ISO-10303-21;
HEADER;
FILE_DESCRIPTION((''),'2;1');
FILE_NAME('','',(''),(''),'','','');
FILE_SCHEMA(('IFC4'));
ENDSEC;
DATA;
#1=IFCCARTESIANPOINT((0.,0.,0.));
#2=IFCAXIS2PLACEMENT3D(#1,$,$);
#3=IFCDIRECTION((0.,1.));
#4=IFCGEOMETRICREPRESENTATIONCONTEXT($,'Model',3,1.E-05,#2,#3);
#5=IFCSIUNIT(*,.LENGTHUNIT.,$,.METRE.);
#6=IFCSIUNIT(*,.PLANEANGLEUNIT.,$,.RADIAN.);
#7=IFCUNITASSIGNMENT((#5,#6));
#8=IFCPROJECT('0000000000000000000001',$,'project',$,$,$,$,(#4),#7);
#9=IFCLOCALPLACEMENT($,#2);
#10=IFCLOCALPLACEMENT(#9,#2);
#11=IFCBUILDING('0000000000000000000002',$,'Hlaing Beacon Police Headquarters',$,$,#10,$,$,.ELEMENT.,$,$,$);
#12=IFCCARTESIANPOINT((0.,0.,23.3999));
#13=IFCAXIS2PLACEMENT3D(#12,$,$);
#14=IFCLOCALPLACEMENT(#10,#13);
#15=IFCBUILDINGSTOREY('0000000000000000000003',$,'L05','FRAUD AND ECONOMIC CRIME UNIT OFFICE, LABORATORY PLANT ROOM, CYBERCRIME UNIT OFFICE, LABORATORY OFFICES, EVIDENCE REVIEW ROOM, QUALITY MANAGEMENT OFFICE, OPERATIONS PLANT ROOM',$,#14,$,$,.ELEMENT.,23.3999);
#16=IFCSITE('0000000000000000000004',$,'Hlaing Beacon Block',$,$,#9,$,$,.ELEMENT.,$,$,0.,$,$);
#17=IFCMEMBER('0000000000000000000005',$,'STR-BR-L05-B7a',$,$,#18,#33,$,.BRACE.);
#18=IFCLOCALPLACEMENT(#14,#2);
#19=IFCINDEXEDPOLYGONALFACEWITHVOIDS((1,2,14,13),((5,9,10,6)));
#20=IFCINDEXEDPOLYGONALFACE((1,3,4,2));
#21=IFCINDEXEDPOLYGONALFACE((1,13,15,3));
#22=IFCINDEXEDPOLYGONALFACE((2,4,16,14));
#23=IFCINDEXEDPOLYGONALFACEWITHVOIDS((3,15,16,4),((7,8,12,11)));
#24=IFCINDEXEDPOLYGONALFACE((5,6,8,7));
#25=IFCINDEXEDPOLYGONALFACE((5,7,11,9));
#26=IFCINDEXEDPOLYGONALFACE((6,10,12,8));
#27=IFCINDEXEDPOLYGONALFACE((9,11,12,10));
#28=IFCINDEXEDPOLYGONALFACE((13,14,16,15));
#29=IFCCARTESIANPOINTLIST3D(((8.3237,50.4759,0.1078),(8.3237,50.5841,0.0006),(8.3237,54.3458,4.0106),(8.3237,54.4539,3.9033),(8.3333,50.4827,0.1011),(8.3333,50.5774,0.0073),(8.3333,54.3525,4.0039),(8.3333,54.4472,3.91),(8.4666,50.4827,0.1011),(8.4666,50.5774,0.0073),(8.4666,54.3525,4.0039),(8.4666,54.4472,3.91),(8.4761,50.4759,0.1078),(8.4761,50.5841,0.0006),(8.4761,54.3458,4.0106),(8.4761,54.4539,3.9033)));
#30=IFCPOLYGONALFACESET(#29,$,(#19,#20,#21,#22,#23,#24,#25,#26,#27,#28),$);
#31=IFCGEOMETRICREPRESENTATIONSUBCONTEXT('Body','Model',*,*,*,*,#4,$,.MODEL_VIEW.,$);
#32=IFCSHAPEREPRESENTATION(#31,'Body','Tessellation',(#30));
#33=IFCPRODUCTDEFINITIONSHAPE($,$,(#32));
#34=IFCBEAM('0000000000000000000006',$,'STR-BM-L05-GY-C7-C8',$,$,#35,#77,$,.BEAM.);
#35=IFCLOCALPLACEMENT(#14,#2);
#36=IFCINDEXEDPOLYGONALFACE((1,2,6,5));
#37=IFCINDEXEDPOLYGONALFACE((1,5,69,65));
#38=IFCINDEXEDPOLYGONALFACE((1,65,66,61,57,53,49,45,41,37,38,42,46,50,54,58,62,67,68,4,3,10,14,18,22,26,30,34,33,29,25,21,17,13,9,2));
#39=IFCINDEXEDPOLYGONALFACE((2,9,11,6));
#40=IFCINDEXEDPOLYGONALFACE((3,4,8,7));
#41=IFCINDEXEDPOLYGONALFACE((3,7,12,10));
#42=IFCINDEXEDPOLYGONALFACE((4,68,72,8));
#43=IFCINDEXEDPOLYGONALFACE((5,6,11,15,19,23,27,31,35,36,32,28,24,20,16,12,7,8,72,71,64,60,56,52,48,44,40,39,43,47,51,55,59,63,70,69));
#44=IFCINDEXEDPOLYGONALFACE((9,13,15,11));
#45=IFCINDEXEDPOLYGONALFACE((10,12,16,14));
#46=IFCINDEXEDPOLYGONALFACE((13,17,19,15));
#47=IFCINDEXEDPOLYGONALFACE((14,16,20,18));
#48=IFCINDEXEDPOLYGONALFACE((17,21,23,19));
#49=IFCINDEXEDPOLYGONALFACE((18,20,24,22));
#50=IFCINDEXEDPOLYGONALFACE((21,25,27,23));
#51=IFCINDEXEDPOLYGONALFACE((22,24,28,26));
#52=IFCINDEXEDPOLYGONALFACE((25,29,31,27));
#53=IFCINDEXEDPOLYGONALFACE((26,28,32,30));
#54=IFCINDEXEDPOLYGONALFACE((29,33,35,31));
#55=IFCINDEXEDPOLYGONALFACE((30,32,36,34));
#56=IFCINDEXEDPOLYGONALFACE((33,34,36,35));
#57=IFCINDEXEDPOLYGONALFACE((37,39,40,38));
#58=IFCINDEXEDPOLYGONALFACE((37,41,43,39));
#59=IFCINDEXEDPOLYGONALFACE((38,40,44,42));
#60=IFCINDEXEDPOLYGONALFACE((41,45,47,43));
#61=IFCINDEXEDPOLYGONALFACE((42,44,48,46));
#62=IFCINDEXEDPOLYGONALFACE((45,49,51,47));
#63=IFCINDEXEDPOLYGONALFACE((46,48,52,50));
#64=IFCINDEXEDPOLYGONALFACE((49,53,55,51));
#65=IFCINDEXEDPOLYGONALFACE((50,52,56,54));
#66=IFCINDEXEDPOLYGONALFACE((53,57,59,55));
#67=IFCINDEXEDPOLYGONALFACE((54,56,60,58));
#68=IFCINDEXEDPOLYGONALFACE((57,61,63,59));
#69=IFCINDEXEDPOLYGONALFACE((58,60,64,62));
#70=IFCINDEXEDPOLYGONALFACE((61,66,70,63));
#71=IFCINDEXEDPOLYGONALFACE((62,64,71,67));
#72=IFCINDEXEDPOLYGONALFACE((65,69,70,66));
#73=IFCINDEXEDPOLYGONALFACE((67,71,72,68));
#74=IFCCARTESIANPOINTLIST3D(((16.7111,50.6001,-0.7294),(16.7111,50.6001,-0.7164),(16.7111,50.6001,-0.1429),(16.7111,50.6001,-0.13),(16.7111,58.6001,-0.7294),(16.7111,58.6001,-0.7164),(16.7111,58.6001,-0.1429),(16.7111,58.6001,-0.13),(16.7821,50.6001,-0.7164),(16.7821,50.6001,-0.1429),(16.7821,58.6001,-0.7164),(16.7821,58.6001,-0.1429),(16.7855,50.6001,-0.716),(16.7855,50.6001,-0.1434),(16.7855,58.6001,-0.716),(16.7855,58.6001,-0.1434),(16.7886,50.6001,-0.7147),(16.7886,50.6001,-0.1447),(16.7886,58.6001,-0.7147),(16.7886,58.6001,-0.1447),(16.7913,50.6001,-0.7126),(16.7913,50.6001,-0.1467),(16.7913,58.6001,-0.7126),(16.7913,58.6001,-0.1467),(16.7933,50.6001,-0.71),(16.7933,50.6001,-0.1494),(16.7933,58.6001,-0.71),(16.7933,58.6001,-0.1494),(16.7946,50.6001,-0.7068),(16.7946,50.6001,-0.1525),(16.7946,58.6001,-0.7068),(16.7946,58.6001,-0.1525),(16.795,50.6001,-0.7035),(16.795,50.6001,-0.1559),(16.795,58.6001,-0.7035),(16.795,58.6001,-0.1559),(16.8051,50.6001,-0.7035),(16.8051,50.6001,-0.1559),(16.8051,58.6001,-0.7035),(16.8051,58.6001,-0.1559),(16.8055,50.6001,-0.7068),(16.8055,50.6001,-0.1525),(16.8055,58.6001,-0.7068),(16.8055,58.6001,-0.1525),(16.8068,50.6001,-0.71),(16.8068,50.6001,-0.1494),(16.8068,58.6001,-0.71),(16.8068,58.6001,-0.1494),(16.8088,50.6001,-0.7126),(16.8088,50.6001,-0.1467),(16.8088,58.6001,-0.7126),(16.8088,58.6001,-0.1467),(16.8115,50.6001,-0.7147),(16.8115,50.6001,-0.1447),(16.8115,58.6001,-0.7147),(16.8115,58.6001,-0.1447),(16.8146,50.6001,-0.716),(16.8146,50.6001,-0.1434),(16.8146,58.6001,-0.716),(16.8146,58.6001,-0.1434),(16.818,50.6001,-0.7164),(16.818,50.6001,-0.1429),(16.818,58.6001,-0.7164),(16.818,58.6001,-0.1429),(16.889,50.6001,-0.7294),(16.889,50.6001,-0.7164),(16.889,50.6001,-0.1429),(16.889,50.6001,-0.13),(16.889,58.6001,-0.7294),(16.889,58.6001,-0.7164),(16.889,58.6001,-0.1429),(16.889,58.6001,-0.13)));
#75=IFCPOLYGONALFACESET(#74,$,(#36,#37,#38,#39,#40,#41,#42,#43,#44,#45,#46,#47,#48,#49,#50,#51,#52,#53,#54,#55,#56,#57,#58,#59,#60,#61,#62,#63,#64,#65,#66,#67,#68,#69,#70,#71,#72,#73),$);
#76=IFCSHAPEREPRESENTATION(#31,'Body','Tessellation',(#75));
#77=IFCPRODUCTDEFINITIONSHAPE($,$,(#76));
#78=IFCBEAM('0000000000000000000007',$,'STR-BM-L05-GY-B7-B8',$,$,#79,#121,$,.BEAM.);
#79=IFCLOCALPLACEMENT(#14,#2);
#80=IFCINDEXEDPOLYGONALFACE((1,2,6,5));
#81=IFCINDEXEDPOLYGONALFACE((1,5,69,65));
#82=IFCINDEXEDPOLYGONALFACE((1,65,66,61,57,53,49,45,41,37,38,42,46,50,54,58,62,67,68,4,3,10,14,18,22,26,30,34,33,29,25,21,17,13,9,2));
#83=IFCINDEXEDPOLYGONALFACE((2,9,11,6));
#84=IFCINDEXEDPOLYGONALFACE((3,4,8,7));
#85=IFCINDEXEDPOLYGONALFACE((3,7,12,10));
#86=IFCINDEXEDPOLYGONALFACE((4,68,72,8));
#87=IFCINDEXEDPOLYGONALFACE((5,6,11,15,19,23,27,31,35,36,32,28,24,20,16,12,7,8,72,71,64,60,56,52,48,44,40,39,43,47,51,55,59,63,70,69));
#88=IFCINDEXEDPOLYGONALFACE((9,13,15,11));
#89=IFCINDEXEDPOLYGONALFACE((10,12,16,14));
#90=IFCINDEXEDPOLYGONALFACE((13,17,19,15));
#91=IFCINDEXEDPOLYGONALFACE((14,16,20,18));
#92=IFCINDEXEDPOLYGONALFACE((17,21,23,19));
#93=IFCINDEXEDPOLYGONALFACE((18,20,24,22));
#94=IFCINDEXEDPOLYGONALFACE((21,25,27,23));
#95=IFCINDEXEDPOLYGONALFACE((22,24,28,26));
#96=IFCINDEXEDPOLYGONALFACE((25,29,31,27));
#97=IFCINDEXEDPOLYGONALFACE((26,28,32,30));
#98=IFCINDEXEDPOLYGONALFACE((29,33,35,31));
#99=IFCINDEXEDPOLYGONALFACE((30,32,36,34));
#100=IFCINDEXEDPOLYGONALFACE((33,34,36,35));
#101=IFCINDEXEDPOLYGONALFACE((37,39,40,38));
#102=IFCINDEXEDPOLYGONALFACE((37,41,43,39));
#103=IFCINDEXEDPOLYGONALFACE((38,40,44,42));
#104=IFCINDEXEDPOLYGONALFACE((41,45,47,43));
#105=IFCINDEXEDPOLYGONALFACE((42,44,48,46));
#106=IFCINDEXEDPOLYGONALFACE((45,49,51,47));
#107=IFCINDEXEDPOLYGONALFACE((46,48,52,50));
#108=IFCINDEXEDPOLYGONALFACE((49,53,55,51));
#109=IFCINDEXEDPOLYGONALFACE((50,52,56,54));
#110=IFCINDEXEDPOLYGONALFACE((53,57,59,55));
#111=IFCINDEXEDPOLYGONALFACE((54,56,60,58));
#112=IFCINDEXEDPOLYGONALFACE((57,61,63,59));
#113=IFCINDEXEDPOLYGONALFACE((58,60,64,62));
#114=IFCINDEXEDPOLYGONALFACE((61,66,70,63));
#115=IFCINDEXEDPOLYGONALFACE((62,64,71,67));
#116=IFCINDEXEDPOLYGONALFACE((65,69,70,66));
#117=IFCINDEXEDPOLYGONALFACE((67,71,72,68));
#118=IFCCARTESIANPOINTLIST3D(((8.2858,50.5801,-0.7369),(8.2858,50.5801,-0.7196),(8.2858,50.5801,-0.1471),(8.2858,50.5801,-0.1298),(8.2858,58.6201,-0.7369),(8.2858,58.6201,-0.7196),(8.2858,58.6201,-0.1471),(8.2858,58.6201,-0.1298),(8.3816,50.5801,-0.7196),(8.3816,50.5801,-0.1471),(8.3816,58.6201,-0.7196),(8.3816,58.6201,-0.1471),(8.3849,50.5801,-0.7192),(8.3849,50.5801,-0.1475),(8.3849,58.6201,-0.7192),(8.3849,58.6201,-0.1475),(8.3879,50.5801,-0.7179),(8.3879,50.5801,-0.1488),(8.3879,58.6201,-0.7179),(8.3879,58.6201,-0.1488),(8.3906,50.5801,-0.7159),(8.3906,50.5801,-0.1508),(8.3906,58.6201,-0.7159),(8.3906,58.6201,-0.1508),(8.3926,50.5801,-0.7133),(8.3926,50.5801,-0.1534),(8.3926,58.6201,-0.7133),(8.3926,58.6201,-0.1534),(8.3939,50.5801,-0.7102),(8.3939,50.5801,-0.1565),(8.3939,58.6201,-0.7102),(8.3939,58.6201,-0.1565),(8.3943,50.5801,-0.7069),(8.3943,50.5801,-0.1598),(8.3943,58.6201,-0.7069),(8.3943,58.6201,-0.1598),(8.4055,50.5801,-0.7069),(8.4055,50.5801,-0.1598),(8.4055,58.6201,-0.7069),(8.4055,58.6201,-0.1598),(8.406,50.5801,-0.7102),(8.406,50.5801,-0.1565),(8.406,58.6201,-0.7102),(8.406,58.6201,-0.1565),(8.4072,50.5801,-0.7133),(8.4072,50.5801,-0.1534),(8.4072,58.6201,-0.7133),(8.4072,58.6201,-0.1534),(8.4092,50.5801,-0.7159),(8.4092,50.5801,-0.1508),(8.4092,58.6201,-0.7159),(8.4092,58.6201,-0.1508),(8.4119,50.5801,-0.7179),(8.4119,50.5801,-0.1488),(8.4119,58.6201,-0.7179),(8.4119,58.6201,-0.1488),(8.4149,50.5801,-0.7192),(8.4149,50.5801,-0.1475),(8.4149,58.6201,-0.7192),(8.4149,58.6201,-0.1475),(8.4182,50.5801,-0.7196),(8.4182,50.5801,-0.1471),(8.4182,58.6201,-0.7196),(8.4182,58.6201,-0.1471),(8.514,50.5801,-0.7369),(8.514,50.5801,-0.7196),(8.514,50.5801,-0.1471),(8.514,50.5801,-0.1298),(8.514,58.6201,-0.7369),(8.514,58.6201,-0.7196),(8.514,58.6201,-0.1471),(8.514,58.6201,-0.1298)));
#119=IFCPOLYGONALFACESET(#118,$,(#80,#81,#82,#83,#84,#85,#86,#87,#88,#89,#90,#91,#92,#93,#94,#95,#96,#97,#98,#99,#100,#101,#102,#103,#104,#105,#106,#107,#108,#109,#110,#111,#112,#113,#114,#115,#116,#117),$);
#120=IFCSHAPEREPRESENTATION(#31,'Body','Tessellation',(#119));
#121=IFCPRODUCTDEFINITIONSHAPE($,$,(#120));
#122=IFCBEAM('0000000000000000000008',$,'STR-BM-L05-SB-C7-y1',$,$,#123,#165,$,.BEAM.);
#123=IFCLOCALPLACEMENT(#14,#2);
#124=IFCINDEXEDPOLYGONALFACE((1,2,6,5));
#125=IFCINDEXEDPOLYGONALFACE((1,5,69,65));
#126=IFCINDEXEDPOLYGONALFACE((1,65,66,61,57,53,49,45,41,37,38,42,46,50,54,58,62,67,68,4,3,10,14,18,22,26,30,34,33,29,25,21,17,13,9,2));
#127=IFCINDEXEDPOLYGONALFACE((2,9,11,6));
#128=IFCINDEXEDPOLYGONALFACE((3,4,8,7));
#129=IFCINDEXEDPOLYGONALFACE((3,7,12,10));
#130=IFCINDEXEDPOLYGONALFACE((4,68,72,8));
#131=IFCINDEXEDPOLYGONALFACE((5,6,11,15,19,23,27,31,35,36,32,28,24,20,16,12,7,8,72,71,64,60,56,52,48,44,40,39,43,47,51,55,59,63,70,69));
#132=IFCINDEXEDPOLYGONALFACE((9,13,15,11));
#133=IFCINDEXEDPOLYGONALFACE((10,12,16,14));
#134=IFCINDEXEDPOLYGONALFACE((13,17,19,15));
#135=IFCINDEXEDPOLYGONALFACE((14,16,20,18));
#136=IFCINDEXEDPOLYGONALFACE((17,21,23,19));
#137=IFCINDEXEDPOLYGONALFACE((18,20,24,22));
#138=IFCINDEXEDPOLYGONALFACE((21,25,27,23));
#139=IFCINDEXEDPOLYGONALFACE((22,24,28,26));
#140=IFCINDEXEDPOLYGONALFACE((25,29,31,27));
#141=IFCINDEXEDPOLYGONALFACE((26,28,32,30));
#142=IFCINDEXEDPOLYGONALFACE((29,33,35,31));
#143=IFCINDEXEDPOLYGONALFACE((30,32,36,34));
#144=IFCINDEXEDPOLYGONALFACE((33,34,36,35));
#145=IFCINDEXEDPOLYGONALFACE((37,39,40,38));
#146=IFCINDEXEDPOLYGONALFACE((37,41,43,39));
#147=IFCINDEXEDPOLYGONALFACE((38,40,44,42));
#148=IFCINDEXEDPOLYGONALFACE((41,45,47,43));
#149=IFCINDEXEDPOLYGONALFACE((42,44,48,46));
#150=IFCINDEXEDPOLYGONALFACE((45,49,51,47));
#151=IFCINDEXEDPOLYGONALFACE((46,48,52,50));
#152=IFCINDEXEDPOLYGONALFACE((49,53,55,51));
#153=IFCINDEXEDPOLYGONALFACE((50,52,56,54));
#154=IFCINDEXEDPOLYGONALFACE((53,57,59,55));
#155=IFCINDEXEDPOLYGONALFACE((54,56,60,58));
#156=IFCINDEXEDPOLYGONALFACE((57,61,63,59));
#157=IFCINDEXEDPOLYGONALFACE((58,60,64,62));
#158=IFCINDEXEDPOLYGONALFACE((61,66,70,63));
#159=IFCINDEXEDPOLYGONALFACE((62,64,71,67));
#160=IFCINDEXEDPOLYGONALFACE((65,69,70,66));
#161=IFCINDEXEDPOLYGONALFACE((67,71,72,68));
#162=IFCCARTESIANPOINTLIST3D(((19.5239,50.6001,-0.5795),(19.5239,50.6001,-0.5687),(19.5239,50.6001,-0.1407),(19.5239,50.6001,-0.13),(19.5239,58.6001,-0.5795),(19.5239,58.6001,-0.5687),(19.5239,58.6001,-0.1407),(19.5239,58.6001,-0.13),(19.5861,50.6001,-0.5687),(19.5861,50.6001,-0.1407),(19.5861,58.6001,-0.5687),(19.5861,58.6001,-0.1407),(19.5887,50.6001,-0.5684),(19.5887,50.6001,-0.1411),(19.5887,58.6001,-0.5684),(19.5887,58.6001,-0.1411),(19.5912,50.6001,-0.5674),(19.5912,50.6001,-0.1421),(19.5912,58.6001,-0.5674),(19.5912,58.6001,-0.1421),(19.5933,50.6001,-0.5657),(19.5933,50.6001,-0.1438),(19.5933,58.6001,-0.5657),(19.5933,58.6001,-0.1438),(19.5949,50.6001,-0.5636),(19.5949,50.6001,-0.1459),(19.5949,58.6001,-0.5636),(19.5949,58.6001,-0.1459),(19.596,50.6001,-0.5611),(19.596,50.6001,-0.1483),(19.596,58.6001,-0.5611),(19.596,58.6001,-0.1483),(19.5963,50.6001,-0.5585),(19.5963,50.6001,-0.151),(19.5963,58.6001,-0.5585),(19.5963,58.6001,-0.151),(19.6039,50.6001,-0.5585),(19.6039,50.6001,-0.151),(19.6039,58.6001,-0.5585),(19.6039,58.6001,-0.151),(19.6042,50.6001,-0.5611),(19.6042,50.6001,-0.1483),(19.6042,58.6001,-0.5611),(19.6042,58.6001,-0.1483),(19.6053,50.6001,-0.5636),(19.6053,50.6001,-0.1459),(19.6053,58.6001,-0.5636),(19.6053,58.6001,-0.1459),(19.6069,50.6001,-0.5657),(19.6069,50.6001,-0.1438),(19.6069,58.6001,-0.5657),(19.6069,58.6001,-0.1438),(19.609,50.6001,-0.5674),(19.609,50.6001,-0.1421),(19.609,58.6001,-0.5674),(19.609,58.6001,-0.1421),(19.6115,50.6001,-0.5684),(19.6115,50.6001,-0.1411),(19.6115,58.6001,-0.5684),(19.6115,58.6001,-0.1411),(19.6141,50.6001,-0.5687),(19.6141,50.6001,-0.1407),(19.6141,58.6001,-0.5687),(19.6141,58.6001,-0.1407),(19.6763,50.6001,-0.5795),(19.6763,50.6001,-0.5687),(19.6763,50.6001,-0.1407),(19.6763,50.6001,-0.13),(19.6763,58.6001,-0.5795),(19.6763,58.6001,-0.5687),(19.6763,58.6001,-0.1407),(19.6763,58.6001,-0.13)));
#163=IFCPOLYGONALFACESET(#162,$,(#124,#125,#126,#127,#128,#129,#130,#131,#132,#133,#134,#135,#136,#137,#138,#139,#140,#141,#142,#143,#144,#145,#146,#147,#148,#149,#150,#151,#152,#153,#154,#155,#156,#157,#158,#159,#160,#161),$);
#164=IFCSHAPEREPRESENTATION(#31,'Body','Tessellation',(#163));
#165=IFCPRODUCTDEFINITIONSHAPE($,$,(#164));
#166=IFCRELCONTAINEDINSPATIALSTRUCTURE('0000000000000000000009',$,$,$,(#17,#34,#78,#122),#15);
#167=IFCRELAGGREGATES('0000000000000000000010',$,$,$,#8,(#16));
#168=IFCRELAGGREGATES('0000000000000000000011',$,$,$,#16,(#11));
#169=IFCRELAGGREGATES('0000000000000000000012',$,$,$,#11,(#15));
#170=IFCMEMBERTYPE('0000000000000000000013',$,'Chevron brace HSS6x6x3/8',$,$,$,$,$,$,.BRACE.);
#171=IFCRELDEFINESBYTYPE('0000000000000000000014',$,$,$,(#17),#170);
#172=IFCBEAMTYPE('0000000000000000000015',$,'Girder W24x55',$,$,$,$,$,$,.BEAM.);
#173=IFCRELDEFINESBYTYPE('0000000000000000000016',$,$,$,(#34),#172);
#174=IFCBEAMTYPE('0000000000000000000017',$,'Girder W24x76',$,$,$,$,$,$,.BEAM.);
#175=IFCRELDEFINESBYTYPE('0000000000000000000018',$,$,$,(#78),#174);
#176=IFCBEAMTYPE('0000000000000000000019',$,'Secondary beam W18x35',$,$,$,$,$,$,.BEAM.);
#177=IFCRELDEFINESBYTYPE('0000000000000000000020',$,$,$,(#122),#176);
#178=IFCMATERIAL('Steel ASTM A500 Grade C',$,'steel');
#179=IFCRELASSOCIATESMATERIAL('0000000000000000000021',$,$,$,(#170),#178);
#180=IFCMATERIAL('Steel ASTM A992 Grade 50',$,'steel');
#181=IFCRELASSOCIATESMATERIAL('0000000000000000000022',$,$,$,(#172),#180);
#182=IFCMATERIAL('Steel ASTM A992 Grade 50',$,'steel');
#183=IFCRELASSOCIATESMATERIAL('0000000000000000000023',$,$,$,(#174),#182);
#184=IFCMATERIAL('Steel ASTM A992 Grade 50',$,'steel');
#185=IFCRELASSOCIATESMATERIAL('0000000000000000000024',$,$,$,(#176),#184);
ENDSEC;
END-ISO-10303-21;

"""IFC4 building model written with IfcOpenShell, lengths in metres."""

from ifc_helpers import new_model, si_unit, direction, frame, origin, origin_2d, place, context, subcontext, project, spatial, hollow_rectangle, i_section, extrude, material, material_profile, profile_set, type_object, element, save


model = new_model("IFC4")

# Units and contexts
model_context = context("Model", 3, precision=1e-05, world=origin(), true_north=direction((0.0, 1.0)))
body_context = subcontext(model_context, "Body", "Model", "MODEL_VIEW")
ifc_project = project(units=[si_unit("LENGTHUNIT", "METRE"), si_unit("PLANEANGLEUNIT", "RADIAN")], contexts=[model_context])

# Site, building, storey
site_placement = place(None, origin())
site = spatial("IfcSite", under=ifc_project, at=site_placement, Name="Hlaing Beacon Block", CompositionType="ELEMENT", RefElevation=0.0)
building_placement = place(site_placement, origin())
building = spatial("IfcBuilding", under=site, at=building_placement, Name="Hlaing Beacon Police Headquarters", CompositionType="ELEMENT")
storey_placement = place(building_placement, frame((0.0, 0.0, 23.3999)))
storey = spatial("IfcBuildingStorey", under=building, at=storey_placement, Name="L05", Description="FRAUD AND ECONOMIC CRIME UNIT OFFICE, LABORATORY PLANT ROOM, CYBERCRIME UNIT OFFICE, LABORATORY OFFICES, EVIDENCE REVIEW ROOM, QUALITY MANAGEMENT OFFICE, OPERATIONS PLANT ROOM", CompositionType="ELEMENT", Elevation=23.3999)

# Member
ifc_material_1 = material(Name="Steel ASTM A500 Grade C", Category="steel")
ifc_material_profile_1 = material_profile(ifc_material_1, hollow_rectangle(XDim=0.1523, YDim=0.1523, WallThickness=0.0095, at=origin_2d()), Name="HSS6x6x3/8")
ifc_profile_set_1 = profile_set([ifc_material_profile_1], Name="Steel ASTM A500 Grade C")
member_type = type_object("IfcMemberType", Name="Chevron brace HSS6x6x3/8", PredefinedType="BRACE", material=ifc_profile_set_1)
member_placement = place(storey_placement, frame((8.3999, 50.53, 0.0542), z_axis=(0.0, 0.704102, 0.710099), x_axis=(-1.0, 0.0, 0.0)))
element("IfcMember", 1, at=member_placement, inside=storey, type_object=member_type, Name="STR-BR-L05-B7a", PredefinedType="BRACE", context=body_context, shape_type="SweptSolid", body=[
    extrude(hollow_rectangle(XDim=0.1523, YDim=0.1523, WallThickness=0.0095, at=origin_2d()), origin(), (0.0, 0.0, 1.0), 5.4961),
])

# Beams
ifc_material_2 = material(Name="Steel ASTM A992 Grade 50", Category="steel")
ifc_material_profile_2 = material_profile(ifc_material_2, i_section(OverallWidth=0.178, OverallDepth=0.5994, WebThickness=0.01, FlangeThickness=0.0129, FilletRadius=0.0129, at=origin_2d()), Name="W24x55")
ifc_profile_set_2 = profile_set([ifc_material_profile_2], Name="Steel ASTM A992 Grade 50")
beam_type_1 = type_object("IfcBeamType", Name="Girder W24x55", PredefinedType="BEAM", material=ifc_profile_set_2)
beam_1_placement = place(storey_placement, frame((16.8, 50.6001, -0.4297), z_axis=(0.0, 1.0, 0.0), x_axis=(-1.0, 0.0, 0.0)))
element("IfcBeam", 2, at=beam_1_placement, inside=storey, type_object=beam_type_1, Name="STR-BM-L05-GY-C7-C8", PredefinedType="BEAM", context=body_context, shape_type="SweptSolid", body=[
    extrude(i_section(OverallWidth=0.178, OverallDepth=0.5994, WebThickness=0.01, FlangeThickness=0.0129, FilletRadius=0.0129, at=origin_2d()), origin(), (0.0, 0.0, 1.0), 8.0),
])
ifc_material_3 = material(Name="Steel ASTM A992 Grade 50", Category="steel")
ifc_material_profile_3 = material_profile(ifc_material_3, i_section(OverallWidth=0.2283, OverallDepth=0.6072, WebThickness=0.0112, FlangeThickness=0.0173, FilletRadius=0.0127, at=origin_2d()), Name="W24x76")
ifc_profile_set_3 = profile_set([ifc_material_profile_3], Name="Steel ASTM A992 Grade 50")
beam_type_2 = type_object("IfcBeamType", Name="Girder W24x76", PredefinedType="BEAM", material=ifc_profile_set_3)
beam_2_placement = place(storey_placement, frame((8.3999, 50.5801, -0.4333), z_axis=(0.0, 1.0, 0.0), x_axis=(-1.0, 0.0, 0.0)))
element("IfcBeam", 3, at=beam_2_placement, inside=storey, type_object=beam_type_2, Name="STR-BM-L05-GY-B7-B8", PredefinedType="BEAM", context=body_context, shape_type="SweptSolid", body=[
    extrude(i_section(OverallWidth=0.2283, OverallDepth=0.6072, WebThickness=0.0112, FlangeThickness=0.0173, FilletRadius=0.0127, at=origin_2d()), origin(), (0.0, 0.0, 1.0), 8.04),
])
ifc_material_4 = material(Name="Steel ASTM A992 Grade 50", Category="steel")
ifc_material_profile_4 = material_profile(ifc_material_4, i_section(OverallWidth=0.1523, OverallDepth=0.4495, WebThickness=0.0076, FlangeThickness=0.0107, FilletRadius=0.0103, at=origin_2d()), Name="W18x35")
ifc_profile_set_4 = profile_set([ifc_material_profile_4], Name="Steel ASTM A992 Grade 50")
beam_type_3 = type_object("IfcBeamType", Name="Secondary beam W18x35", PredefinedType="BEAM", material=ifc_profile_set_4)
beam_3_placement = place(storey_placement, frame((19.6001, 50.6001, -0.3547), z_axis=(0.0, 1.0, 0.0), x_axis=(-1.0, 0.0, 0.0)))
element("IfcBeam", 4, at=beam_3_placement, inside=storey, type_object=beam_type_3, Name="STR-BM-L05-SB-C7-y1", PredefinedType="BEAM", context=body_context, shape_type="SweptSolid", body=[
    extrude(i_section(OverallWidth=0.1523, OverallDepth=0.4495, WebThickness=0.0076, FlangeThickness=0.0107, FilletRadius=0.0103, at=origin_2d()), origin(), (0.0, 0.0, 1.0), 8.0),
])

save(model, "model.ifc")
